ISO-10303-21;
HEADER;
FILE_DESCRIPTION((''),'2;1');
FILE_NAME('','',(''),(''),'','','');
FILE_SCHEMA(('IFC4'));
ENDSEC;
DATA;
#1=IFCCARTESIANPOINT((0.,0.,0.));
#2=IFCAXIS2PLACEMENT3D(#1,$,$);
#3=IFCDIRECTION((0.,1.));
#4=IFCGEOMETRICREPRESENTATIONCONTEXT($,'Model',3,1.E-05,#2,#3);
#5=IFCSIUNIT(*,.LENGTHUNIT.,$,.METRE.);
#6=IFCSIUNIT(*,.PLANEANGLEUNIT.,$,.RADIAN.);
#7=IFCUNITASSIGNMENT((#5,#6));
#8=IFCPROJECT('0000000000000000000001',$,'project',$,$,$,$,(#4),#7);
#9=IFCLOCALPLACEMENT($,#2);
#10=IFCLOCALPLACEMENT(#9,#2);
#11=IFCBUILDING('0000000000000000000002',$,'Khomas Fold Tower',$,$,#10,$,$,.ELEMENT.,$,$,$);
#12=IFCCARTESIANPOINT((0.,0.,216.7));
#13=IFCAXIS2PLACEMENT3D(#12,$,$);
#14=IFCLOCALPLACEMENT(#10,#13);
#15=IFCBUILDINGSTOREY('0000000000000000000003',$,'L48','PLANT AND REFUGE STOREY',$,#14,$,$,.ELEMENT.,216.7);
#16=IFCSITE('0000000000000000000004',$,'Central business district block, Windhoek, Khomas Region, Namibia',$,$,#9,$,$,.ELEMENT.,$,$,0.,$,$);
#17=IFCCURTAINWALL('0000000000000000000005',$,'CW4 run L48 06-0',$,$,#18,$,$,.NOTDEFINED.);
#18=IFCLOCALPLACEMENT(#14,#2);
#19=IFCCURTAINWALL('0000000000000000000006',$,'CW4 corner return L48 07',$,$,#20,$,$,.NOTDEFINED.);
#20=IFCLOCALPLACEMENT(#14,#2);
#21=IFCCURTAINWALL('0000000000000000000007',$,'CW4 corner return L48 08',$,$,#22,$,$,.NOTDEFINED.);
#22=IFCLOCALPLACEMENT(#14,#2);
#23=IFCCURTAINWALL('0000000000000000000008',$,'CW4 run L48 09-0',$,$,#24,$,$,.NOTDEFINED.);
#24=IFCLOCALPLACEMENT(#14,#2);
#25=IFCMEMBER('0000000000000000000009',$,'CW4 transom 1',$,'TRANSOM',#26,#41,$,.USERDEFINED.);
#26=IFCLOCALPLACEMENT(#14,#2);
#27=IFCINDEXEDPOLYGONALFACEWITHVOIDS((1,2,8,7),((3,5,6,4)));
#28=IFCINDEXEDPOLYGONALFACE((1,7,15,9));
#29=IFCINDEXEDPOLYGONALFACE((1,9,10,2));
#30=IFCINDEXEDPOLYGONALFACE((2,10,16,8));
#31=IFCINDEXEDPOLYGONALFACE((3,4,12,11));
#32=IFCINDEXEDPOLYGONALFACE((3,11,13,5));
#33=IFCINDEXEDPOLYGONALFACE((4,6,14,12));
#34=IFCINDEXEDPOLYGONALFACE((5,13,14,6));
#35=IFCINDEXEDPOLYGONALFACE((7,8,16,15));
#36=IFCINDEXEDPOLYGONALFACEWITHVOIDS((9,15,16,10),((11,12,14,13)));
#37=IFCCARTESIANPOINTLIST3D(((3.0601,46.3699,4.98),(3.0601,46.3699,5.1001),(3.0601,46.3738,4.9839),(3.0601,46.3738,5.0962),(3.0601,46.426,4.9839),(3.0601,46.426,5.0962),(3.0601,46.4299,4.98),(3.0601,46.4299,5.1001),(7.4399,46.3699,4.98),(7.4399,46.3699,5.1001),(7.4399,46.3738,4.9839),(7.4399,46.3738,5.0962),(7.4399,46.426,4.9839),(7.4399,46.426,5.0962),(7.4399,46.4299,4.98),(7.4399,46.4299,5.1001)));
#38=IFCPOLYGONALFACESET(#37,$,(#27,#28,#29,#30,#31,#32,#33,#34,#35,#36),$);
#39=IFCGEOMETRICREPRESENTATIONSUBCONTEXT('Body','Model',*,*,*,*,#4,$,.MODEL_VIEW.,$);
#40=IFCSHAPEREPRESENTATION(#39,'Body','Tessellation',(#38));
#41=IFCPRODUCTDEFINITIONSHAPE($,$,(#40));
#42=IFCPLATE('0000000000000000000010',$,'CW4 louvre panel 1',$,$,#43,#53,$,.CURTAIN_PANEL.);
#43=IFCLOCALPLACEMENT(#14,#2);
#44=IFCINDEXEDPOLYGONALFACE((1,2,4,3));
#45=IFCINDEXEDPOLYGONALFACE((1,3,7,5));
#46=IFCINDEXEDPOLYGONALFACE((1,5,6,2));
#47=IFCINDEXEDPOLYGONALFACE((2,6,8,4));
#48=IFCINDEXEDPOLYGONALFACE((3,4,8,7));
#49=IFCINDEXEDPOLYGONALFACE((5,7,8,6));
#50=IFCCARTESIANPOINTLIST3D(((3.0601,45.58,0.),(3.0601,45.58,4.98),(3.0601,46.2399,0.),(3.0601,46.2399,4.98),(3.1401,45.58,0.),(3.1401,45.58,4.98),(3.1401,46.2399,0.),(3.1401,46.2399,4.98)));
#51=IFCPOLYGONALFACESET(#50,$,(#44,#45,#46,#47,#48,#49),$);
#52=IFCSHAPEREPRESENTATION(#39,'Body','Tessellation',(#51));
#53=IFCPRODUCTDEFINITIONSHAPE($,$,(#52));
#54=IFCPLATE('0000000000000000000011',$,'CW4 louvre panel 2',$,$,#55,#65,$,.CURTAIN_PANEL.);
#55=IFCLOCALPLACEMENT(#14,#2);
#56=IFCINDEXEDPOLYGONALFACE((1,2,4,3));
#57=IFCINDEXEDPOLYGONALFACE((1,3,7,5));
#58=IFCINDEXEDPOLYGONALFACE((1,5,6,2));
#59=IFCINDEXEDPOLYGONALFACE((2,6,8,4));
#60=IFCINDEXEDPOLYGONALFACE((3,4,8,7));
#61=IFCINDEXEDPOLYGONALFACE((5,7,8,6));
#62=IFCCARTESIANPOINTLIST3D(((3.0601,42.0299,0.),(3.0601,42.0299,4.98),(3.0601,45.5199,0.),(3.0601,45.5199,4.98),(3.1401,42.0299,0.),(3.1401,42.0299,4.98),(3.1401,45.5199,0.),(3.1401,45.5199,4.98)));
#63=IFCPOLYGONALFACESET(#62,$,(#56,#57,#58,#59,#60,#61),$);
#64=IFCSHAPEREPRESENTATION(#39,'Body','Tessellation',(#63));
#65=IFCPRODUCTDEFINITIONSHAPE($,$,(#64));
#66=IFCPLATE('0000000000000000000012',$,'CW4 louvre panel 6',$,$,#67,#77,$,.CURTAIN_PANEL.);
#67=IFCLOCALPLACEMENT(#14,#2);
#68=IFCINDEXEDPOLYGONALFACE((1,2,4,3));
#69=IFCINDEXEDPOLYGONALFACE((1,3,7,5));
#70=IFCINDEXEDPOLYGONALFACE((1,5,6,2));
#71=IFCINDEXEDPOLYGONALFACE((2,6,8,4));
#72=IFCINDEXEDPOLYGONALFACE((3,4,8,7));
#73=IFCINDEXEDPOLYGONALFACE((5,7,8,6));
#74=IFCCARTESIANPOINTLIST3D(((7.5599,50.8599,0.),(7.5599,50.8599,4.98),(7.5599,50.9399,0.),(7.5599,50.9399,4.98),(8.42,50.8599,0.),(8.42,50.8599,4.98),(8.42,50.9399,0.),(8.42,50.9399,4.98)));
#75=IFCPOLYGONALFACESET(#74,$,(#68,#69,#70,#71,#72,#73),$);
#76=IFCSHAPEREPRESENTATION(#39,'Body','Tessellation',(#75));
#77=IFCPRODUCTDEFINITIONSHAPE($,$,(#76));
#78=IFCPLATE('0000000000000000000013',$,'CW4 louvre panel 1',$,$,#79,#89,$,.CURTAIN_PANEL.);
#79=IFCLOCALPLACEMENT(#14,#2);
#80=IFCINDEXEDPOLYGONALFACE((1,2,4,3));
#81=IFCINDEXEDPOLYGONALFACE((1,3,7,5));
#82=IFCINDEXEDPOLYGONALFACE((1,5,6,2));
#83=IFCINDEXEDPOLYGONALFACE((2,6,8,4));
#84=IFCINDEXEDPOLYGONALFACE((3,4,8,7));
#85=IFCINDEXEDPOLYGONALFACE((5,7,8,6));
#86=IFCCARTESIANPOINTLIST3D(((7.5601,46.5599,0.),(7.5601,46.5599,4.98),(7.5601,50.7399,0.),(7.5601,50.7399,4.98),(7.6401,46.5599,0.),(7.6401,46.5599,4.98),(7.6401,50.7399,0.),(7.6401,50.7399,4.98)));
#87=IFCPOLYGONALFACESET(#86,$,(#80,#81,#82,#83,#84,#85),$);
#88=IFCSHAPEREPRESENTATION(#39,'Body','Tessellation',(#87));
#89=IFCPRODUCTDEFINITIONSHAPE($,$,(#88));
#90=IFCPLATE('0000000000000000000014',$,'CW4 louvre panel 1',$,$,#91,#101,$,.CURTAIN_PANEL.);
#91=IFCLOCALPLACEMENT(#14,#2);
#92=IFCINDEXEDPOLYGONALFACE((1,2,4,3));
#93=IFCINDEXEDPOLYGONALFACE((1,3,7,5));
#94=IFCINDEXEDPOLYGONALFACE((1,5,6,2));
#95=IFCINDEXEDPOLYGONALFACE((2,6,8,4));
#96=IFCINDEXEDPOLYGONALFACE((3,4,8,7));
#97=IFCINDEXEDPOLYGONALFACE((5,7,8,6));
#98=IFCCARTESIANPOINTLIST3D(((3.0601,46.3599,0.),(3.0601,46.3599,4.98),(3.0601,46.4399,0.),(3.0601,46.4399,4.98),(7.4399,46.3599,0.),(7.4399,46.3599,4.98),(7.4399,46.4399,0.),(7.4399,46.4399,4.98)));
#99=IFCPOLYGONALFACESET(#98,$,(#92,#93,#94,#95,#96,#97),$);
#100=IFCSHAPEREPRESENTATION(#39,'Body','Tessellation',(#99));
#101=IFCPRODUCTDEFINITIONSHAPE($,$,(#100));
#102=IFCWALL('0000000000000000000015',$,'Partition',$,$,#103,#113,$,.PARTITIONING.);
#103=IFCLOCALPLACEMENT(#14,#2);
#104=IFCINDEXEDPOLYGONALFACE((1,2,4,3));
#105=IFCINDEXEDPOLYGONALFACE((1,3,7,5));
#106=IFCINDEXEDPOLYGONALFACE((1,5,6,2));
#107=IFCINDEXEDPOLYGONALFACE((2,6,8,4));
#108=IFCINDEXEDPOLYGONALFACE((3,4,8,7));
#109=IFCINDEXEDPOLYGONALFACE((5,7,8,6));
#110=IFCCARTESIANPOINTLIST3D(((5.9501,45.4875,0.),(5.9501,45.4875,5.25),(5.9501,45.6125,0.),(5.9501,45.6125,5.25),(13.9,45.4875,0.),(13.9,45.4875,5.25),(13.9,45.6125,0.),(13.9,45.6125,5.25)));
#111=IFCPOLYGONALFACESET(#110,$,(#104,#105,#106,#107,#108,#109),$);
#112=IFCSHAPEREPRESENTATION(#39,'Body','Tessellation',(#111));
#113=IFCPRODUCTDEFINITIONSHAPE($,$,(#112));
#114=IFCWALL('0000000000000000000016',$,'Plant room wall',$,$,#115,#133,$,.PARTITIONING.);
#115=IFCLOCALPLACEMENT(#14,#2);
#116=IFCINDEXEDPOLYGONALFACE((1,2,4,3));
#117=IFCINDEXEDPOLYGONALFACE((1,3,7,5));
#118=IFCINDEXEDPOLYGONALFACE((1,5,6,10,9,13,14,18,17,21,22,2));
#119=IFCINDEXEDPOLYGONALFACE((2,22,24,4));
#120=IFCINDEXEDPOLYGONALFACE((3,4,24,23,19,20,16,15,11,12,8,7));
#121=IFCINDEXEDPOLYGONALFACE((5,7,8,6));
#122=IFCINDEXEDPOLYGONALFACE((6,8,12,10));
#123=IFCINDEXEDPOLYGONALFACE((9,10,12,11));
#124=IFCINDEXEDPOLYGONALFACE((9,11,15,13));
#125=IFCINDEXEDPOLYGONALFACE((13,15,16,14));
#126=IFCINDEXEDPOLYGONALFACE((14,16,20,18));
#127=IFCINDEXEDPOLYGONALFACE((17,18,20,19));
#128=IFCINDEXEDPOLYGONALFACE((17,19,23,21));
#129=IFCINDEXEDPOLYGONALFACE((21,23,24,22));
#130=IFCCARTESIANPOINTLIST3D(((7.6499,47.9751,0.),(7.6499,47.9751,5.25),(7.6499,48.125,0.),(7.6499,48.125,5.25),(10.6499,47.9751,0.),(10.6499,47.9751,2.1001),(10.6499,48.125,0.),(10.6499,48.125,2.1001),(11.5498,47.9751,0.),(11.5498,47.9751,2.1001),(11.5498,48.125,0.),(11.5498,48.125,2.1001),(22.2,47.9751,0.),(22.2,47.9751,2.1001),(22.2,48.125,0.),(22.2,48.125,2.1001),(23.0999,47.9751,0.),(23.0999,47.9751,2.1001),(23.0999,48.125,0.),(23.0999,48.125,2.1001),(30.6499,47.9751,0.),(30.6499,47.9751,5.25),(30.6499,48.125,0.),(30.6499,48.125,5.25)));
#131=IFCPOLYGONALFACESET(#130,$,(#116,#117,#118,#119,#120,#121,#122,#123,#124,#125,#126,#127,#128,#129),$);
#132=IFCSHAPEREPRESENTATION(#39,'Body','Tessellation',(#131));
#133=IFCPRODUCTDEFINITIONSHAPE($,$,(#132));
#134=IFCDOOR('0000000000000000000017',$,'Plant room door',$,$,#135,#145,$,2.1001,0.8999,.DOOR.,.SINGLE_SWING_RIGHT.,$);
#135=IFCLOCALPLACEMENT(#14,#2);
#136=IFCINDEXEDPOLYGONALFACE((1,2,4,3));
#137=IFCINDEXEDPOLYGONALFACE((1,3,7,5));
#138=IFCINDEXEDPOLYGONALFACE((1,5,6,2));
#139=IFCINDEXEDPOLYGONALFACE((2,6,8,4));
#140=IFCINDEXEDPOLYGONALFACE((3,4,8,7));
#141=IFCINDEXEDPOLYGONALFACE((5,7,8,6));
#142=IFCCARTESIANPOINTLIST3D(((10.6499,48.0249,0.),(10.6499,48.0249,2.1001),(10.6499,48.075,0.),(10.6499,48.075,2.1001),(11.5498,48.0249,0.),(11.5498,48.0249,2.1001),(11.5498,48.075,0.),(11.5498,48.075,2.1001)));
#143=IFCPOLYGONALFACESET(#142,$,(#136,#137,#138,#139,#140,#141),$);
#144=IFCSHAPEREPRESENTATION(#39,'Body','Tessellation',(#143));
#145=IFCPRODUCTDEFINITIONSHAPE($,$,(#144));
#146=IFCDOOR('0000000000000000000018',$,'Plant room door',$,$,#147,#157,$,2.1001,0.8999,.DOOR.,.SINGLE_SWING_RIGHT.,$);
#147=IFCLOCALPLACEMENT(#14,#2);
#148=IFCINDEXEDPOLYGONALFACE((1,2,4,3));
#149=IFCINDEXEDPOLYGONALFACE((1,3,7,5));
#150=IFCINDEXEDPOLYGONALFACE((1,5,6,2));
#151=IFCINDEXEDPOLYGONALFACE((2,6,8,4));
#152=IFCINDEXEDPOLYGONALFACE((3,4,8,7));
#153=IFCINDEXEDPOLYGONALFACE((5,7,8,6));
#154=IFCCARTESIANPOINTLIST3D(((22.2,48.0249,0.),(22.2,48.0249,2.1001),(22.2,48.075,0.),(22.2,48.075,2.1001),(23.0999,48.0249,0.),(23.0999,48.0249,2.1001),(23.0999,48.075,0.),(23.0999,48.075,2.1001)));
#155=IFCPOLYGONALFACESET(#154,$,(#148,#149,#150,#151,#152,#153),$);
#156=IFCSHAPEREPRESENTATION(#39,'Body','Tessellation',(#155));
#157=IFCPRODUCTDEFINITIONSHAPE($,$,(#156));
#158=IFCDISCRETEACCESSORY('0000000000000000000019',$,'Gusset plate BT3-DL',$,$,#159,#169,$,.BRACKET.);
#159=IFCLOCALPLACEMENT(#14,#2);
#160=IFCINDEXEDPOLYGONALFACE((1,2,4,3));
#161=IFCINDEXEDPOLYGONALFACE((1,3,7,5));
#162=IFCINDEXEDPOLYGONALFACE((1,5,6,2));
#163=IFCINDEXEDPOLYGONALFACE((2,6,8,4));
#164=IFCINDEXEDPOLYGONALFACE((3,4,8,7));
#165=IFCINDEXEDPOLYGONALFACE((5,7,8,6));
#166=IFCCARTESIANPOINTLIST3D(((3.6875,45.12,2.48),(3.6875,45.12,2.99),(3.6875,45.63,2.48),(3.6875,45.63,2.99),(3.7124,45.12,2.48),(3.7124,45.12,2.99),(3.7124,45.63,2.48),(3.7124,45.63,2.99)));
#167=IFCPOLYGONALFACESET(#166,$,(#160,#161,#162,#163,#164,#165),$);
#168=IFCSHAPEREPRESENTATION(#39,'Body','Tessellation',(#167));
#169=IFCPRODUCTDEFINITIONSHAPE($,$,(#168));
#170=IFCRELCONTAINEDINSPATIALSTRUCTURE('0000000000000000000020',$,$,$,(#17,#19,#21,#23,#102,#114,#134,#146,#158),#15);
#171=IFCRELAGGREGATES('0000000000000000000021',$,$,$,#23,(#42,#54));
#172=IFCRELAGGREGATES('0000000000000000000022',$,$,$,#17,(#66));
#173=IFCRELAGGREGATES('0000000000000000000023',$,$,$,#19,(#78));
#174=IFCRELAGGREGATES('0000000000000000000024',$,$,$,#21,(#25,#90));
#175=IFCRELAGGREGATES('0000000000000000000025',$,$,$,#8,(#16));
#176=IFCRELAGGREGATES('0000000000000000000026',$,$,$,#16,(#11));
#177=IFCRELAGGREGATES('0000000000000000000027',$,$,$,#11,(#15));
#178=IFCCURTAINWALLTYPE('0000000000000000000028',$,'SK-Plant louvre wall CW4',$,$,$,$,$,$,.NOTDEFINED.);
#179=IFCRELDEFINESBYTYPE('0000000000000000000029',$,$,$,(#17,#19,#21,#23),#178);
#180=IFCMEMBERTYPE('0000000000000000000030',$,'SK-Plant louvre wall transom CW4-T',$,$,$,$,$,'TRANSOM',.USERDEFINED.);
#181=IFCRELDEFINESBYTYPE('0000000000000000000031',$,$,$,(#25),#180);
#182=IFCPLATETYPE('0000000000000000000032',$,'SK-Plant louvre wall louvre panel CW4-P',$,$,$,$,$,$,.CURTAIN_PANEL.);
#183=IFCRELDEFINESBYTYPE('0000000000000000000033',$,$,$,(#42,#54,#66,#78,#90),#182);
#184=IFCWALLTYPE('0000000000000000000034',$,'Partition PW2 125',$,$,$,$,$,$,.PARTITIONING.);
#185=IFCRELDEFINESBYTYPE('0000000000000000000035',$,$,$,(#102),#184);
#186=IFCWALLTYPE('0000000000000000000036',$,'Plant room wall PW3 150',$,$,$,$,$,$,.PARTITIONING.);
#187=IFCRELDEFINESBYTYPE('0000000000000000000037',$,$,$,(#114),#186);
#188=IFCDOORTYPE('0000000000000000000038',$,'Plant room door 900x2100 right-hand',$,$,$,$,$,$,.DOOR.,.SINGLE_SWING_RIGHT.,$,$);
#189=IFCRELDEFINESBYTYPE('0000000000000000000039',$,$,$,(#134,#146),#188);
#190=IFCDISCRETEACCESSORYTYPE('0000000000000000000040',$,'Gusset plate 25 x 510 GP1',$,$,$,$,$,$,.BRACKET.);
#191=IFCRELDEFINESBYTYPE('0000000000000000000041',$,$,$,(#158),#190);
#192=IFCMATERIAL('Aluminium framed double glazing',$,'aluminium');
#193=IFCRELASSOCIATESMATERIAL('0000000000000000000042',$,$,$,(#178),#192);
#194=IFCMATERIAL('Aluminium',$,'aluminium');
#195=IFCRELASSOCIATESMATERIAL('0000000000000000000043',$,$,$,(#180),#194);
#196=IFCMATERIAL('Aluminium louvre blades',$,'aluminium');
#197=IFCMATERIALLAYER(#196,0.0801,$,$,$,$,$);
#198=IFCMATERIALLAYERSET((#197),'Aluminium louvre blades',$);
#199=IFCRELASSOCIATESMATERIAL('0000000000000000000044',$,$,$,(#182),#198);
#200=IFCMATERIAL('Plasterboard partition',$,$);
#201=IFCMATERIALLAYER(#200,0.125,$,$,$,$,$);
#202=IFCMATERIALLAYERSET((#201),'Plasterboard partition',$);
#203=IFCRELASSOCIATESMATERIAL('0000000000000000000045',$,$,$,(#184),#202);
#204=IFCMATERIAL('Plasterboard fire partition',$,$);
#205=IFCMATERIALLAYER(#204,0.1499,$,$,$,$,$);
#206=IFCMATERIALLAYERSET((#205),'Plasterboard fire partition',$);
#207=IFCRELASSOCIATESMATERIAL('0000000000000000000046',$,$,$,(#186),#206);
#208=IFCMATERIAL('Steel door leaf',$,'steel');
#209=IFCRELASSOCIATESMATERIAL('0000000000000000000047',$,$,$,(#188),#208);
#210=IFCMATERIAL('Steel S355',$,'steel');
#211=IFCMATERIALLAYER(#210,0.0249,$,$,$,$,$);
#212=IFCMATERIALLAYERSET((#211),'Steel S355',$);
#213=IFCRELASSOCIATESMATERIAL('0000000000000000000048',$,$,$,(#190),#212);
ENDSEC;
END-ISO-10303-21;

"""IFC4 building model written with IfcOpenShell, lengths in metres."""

from ifc_helpers import new_model, si_unit, direction, frame, frame_2d, origin, origin_2d, place, context, subcontext, project, spatial, rectangle, hollow_rectangle, extrude, source, transform, mapped, material, layer, layer_set, material_profile, profile_set, type_object, element, fill, aggregate, save


model = new_model("IFC4")

# Units and contexts
model_context = context("Model", 3, precision=1e-05, world=origin(), true_north=direction((0.0, 1.0)))
body_context = subcontext(model_context, "Body", "Model", "MODEL_VIEW")
ifc_project = project(units=[si_unit("LENGTHUNIT", "METRE"), si_unit("PLANEANGLEUNIT", "RADIAN")], contexts=[model_context])

# Site, building, storey
site_placement = place(None, origin())
site = spatial("IfcSite", under=ifc_project, at=site_placement, Name="Central business district block, Windhoek, Khomas Region, Namibia", CompositionType="ELEMENT", RefElevation=0.0)
building_placement = place(site_placement, origin())
building = spatial("IfcBuilding", under=site, at=building_placement, Name="Khomas Fold Tower", CompositionType="ELEMENT")
storey_placement = place(building_placement, frame((0.0, 0.0, 216.7)))
storey = spatial("IfcBuildingStorey", under=building, at=storey_placement, Name="L48", Description="PLANT AND REFUGE STOREY", CompositionType="ELEMENT", Elevation=216.7)

# Curtain wall
ifc_material_1 = material(Name="Aluminium framed double glazing", Category="aluminium")
curtain_wall_type = type_object("IfcCurtainWallType", Name="SK-Plant louvre wall CW4", PredefinedType="NOTDEFINED", material=ifc_material_1)
curtain_wall_1_placement = place(storey_placement, origin())
curtain_wall_1 = element("IfcCurtainWall", 1, at=curtain_wall_1_placement, inside=storey, type_object=curtain_wall_type, Name="CW4 run L48 06-0", PredefinedType="NOTDEFINED")

# Curtain walls
curtain_wall_2_placement = place(storey_placement, origin())
curtain_wall_2 = element("IfcCurtainWall", 2, at=curtain_wall_2_placement, inside=storey, type_object=curtain_wall_type, Name="CW4 corner return L48 07", PredefinedType="NOTDEFINED")
curtain_wall_3_placement = place(storey_placement, origin())
curtain_wall_3 = element("IfcCurtainWall", 3, at=curtain_wall_3_placement, inside=storey, type_object=curtain_wall_type, Name="CW4 corner return L48 08", PredefinedType="NOTDEFINED")
curtain_wall_4_placement = place(storey_placement, origin())
curtain_wall_4 = element("IfcCurtainWall", 4, at=curtain_wall_4_placement, inside=storey, type_object=curtain_wall_type, Name="CW4 run L48 09-0", PredefinedType="NOTDEFINED")
ifc_material_2 = material(Name="Aluminium", Category="aluminium")
ifc_material_profile_1 = material_profile(ifc_material_2, hollow_rectangle(XDim=0.0601, YDim=0.1201, WallThickness=0.0039, at=origin_2d()), Name="SK-Plant louvre wall transom CW4-T")
ifc_profile_set_1 = profile_set([ifc_material_profile_1], Name="Aluminium")
member_type_1 = type_object("IfcMemberType", Name="SK-Plant louvre wall transom CW4-T", ElementType="TRANSOM", PredefinedType="USERDEFINED", material=ifc_profile_set_1)

# Member
shared_shape_1 = source(origin(), body_context, "Body", "SweptSolid", [
    extrude(hollow_rectangle(XDim=0.0601, YDim=0.1201, WallThickness=0.0039, at=origin_2d()), origin(), (0.0, 0.0, 1.0), 4.3799),
])
member_1_placement = place(storey_placement, frame((7.4399, 46.3999, 5.04), z_axis=(-1.0, 0.0, 0.0), x_axis=(0.0, -1.0, 0.0)))
member_1 = element("IfcMember", 5, at=member_1_placement, type_object=member_type_1, Name="CW4 transom 1", ObjectType="TRANSOM", PredefinedType="USERDEFINED", context=body_context, shape_type="MappedRepresentation", body=[
    mapped(shared_shape_1, transform((0.0, 0.0, 0.0))),
])

# Plates
ifc_material_3 = material(Name="Aluminium louvre blades", Category="aluminium")
ifc_layer_1 = layer(ifc_material_3, 0.0801)
ifc_layer_set_1 = layer_set([ifc_layer_1], Name="Aluminium louvre blades")
plate_type = type_object("IfcPlateType", Name="SK-Plant louvre wall louvre panel CW4-P", PredefinedType="CURTAIN_PANEL", material=ifc_layer_set_1)
shared_shape_2 = source(origin(), body_context, "Body", "SweptSolid", [
    extrude(rectangle(XDim=0.6599, YDim=0.0801, at=origin_2d()), origin(), (0.0, 0.0, 1.0), 4.98),
])
plate_1_placement = place(storey_placement, frame((3.1001, 45.9099, 0.0), z_axis=(0.0, 0.0, 1.0), x_axis=(0.0, -1.0, 0.0)))
plate_1 = element("IfcPlate", 6, at=plate_1_placement, type_object=plate_type, Name="CW4 louvre panel 1", PredefinedType="CURTAIN_PANEL", context=body_context, shape_type="MappedRepresentation", body=[
    mapped(shared_shape_2, transform((0.0, 0.0, 0.0))),
])
shared_shape_3 = source(origin(), body_context, "Body", "SweptSolid", [
    extrude(rectangle(XDim=3.49, YDim=0.0801, at=origin_2d()), origin(), (0.0, 0.0, 1.0), 4.98),
])
plate_2_placement = place(storey_placement, frame((3.1001, 43.7749, 0.0), z_axis=(0.0, 0.0, 1.0), x_axis=(0.0, -1.0, 0.0)))
plate_2 = element("IfcPlate", 7, at=plate_2_placement, type_object=plate_type, Name="CW4 louvre panel 2", PredefinedType="CURTAIN_PANEL", context=body_context, shape_type="MappedRepresentation", body=[
    mapped(shared_shape_3, transform((0.0, 0.0, 0.0))),
])
aggregate(curtain_wall_4, [plate_1, plate_2])
shared_shape_4 = source(origin(), body_context, "Body", "SweptSolid", [
    extrude(rectangle(XDim=0.8601, YDim=0.0801, at=origin_2d()), origin(), (0.0, 0.0, 1.0), 4.98),
])
plate_3_placement = place(storey_placement, frame((7.99, 50.8999, 0.0), z_axis=(0.0, 0.0, 1.0), x_axis=(-1.0, 0.0, 0.0)))
plate_3 = element("IfcPlate", 8, at=plate_3_placement, type_object=plate_type, Name="CW4 louvre panel 6", PredefinedType="CURTAIN_PANEL", context=body_context, shape_type="MappedRepresentation", body=[
    mapped(shared_shape_4, transform((0.0, 0.0, 0.0))),
])
aggregate(curtain_wall_1, [plate_3])
shared_shape_5 = source(origin(), body_context, "Body", "SweptSolid", [
    extrude(rectangle(XDim=4.1799, YDim=0.0801, at=origin_2d()), origin(), (0.0, 0.0, 1.0), 4.98),
])
plate_4_placement = place(storey_placement, frame((7.6001, 48.6499, 0.0), z_axis=(0.0, 0.0, 1.0), x_axis=(0.0, -1.0, 0.0)))
plate_4 = element("IfcPlate", 9, at=plate_4_placement, type_object=plate_type, Name="CW4 louvre panel 1", PredefinedType="CURTAIN_PANEL", context=body_context, shape_type="MappedRepresentation", body=[
    mapped(shared_shape_5, transform((0.0, 0.0, 0.0))),
])
aggregate(curtain_wall_2, [plate_4])
shared_shape_6 = source(origin(), body_context, "Body", "SweptSolid", [
    extrude(rectangle(XDim=4.3799, YDim=0.0801, at=origin_2d()), origin(), (0.0, 0.0, 1.0), 4.98),
])
plate_5_placement = place(storey_placement, frame((5.25, 46.3999, 0.0), z_axis=(0.0, 0.0, 1.0), x_axis=(-1.0, 0.0, 0.0)))
plate_5 = element("IfcPlate", 10, at=plate_5_placement, type_object=plate_type, Name="CW4 louvre panel 1", PredefinedType="CURTAIN_PANEL", context=body_context, shape_type="MappedRepresentation", body=[
    mapped(shared_shape_6, transform((0.0, 0.0, 0.0))),
])
aggregate(curtain_wall_3, [member_1, plate_5])

# Wall
ifc_material_4 = material(Name="Plasterboard partition")
ifc_layer_2 = layer(ifc_material_4, 0.125)
ifc_layer_set_2 = layer_set([ifc_layer_2], Name="Plasterboard partition")
wall_type_1 = type_object("IfcWallType", Name="Partition PW2 125", PredefinedType="PARTITIONING", material=ifc_layer_set_2)
shared_shape_7 = source(origin(), body_context, "Body", "SweptSolid", [
    extrude(rectangle(XDim=7.95, YDim=0.125, at=frame_2d((3.9751, 0.0))), origin(), (0.0, 0.0, 1.0), 5.25),
])
wall_1_placement = place(storey_placement, frame((5.95, 45.55, 0.0), z_axis=(0.0, 0.0, 1.0), x_axis=(1.0, 0.0, 0.0)))
element("IfcWall", 11, at=wall_1_placement, inside=storey, type_object=wall_type_1, Name="Partition", PredefinedType="PARTITIONING", context=body_context, shape_type="MappedRepresentation", body=[
    mapped(shared_shape_7, transform((0.0, 0.0, 0.0))),
])

# Wall, openings, doors
ifc_material_5 = material(Name="Plasterboard fire partition")
ifc_layer_3 = layer(ifc_material_5, 0.1499)
ifc_layer_set_3 = layer_set([ifc_layer_3], Name="Plasterboard fire partition")
wall_type_2 = type_object("IfcWallType", Name="Plant room wall PW3 150", PredefinedType="PARTITIONING", material=ifc_layer_set_3)
shared_shape_8 = source(origin(), body_context, "Body", "SweptSolid", [
    extrude(rectangle(XDim=23.0, YDim=0.1499, at=frame_2d((11.5, 0.0))), origin(), (0.0, 0.0, 1.0), 5.25),
])
wall_2_placement = place(storey_placement, frame((7.6499, 48.05, 0.0), z_axis=(0.0, 0.0, 1.0), x_axis=(1.0, 0.0, 0.0)))
wall_2 = element("IfcWall", 12, at=wall_2_placement, inside=storey, type_object=wall_type_2, Name="Plant room wall", PredefinedType="PARTITIONING", context=body_context, shape_type="MappedRepresentation", body=[
    mapped(shared_shape_8, transform((0.0, 0.0, 0.0))),
])
shared_shape_9 = source(origin(), body_context, "Body", "SweptSolid", [
    extrude(rectangle(XDim=0.8999, YDim=2.1001, at=frame_2d((0.45, 1.05))), frame((0.0, 0.085, 0.0), z_axis=(0.0, -1.0, 0.0), x_axis=(1.0, 0.0, 0.0)), (0.0, 0.0, 1.0), 0.1699),
])
opening_1_placement = place(wall_2_placement, frame((3.0, 0.0, 0.0)))
opening_1 = element("IfcOpeningElement", 13, at=opening_1_placement, cuts=wall_2, PredefinedType="OPENING", context=body_context, shape_type="MappedRepresentation", body=[
    mapped(shared_shape_9, transform((0.0, 0.0, 0.0))),
])
opening_2_placement = place(wall_2_placement, frame((14.55, 0.0, 0.0)))
opening_2 = element("IfcOpeningElement", 14, at=opening_2_placement, cuts=wall_2, PredefinedType="OPENING", context=body_context, shape_type="MappedRepresentation", body=[
    mapped(shared_shape_9, transform((0.0, 0.0, 0.0))),
])
ifc_material_6 = material(Name="Steel door leaf", Category="steel")
door_type = type_object("IfcDoorType", Name="Plant room door 900x2100 right-hand", OperationType="SINGLE_SWING_RIGHT", PredefinedType="DOOR", material=ifc_material_6)
shared_shape_10 = source(origin(), body_context, "Body", "SweptSolid", [
    extrude(rectangle(XDim=0.8999, YDim=2.1001, at=frame_2d((0.45, 1.05))), frame((0.0, 0.0249, 0.0), z_axis=(0.0, -1.0, 0.0), x_axis=(1.0, 0.0, 0.0)), (0.0, 0.0, 1.0), 0.05),
])
door_1_placement = place(opening_1_placement, origin())
door_1 = element("IfcDoor", 15, at=door_1_placement, inside=storey, type_object=door_type, Name="Plant room door", OperationType="SINGLE_SWING_RIGHT", OverallHeight=2.1001, OverallWidth=0.8999, PredefinedType="DOOR", context=body_context, shape_type="MappedRepresentation", body=[
    mapped(shared_shape_10, transform((0.0, 0.0, 0.0))),
])
fill(opening_1, door_1)
door_2_placement = place(opening_2_placement, origin())
door_2 = element("IfcDoor", 16, at=door_2_placement, inside=storey, type_object=door_type, Name="Plant room door", OperationType="SINGLE_SWING_RIGHT", OverallHeight=2.1001, OverallWidth=0.8999, PredefinedType="DOOR", context=body_context, shape_type="MappedRepresentation", body=[
    mapped(shared_shape_10, transform((0.0, 0.0, 0.0))),
])
fill(opening_2, door_2)

# Discrete accessory
ifc_material_7 = material(Name="Steel S355", Category="steel")
ifc_layer_4 = layer(ifc_material_7, 0.0249)
ifc_layer_set_4 = layer_set([ifc_layer_4], Name="Steel S355")
discrete_accessory_type = type_object("IfcDiscreteAccessoryType", Name="Gusset plate 25 x 510 GP1", PredefinedType="BRACKET", material=ifc_layer_set_4)
shared_shape_11 = source(origin(), body_context, "Body", "SweptSolid", [
    extrude(rectangle(XDim=0.51, YDim=0.0249, at=origin_2d()), origin(), (0.0, 0.0, 1.0), 0.51),
])
for number, where, z_axis, x_axis, name in (
    (17, (3.7, 45.375, 2.48), (0.0, 0.0, 1.0), (0.0, 1.0, 0.0), "Gusset plate BT3-DL"),
):
    element("IfcDiscreteAccessory", number, at=place(storey_placement, frame(where, z_axis=z_axis, x_axis=x_axis)), inside=storey, type_object=discrete_accessory_type, Name=name, PredefinedType="BRACKET", context=body_context, shape_type="MappedRepresentation", body=[
        mapped(shared_shape_11, transform((0.0, 0.0, 0.0))),
    ])

save(model, "model.ifc")
